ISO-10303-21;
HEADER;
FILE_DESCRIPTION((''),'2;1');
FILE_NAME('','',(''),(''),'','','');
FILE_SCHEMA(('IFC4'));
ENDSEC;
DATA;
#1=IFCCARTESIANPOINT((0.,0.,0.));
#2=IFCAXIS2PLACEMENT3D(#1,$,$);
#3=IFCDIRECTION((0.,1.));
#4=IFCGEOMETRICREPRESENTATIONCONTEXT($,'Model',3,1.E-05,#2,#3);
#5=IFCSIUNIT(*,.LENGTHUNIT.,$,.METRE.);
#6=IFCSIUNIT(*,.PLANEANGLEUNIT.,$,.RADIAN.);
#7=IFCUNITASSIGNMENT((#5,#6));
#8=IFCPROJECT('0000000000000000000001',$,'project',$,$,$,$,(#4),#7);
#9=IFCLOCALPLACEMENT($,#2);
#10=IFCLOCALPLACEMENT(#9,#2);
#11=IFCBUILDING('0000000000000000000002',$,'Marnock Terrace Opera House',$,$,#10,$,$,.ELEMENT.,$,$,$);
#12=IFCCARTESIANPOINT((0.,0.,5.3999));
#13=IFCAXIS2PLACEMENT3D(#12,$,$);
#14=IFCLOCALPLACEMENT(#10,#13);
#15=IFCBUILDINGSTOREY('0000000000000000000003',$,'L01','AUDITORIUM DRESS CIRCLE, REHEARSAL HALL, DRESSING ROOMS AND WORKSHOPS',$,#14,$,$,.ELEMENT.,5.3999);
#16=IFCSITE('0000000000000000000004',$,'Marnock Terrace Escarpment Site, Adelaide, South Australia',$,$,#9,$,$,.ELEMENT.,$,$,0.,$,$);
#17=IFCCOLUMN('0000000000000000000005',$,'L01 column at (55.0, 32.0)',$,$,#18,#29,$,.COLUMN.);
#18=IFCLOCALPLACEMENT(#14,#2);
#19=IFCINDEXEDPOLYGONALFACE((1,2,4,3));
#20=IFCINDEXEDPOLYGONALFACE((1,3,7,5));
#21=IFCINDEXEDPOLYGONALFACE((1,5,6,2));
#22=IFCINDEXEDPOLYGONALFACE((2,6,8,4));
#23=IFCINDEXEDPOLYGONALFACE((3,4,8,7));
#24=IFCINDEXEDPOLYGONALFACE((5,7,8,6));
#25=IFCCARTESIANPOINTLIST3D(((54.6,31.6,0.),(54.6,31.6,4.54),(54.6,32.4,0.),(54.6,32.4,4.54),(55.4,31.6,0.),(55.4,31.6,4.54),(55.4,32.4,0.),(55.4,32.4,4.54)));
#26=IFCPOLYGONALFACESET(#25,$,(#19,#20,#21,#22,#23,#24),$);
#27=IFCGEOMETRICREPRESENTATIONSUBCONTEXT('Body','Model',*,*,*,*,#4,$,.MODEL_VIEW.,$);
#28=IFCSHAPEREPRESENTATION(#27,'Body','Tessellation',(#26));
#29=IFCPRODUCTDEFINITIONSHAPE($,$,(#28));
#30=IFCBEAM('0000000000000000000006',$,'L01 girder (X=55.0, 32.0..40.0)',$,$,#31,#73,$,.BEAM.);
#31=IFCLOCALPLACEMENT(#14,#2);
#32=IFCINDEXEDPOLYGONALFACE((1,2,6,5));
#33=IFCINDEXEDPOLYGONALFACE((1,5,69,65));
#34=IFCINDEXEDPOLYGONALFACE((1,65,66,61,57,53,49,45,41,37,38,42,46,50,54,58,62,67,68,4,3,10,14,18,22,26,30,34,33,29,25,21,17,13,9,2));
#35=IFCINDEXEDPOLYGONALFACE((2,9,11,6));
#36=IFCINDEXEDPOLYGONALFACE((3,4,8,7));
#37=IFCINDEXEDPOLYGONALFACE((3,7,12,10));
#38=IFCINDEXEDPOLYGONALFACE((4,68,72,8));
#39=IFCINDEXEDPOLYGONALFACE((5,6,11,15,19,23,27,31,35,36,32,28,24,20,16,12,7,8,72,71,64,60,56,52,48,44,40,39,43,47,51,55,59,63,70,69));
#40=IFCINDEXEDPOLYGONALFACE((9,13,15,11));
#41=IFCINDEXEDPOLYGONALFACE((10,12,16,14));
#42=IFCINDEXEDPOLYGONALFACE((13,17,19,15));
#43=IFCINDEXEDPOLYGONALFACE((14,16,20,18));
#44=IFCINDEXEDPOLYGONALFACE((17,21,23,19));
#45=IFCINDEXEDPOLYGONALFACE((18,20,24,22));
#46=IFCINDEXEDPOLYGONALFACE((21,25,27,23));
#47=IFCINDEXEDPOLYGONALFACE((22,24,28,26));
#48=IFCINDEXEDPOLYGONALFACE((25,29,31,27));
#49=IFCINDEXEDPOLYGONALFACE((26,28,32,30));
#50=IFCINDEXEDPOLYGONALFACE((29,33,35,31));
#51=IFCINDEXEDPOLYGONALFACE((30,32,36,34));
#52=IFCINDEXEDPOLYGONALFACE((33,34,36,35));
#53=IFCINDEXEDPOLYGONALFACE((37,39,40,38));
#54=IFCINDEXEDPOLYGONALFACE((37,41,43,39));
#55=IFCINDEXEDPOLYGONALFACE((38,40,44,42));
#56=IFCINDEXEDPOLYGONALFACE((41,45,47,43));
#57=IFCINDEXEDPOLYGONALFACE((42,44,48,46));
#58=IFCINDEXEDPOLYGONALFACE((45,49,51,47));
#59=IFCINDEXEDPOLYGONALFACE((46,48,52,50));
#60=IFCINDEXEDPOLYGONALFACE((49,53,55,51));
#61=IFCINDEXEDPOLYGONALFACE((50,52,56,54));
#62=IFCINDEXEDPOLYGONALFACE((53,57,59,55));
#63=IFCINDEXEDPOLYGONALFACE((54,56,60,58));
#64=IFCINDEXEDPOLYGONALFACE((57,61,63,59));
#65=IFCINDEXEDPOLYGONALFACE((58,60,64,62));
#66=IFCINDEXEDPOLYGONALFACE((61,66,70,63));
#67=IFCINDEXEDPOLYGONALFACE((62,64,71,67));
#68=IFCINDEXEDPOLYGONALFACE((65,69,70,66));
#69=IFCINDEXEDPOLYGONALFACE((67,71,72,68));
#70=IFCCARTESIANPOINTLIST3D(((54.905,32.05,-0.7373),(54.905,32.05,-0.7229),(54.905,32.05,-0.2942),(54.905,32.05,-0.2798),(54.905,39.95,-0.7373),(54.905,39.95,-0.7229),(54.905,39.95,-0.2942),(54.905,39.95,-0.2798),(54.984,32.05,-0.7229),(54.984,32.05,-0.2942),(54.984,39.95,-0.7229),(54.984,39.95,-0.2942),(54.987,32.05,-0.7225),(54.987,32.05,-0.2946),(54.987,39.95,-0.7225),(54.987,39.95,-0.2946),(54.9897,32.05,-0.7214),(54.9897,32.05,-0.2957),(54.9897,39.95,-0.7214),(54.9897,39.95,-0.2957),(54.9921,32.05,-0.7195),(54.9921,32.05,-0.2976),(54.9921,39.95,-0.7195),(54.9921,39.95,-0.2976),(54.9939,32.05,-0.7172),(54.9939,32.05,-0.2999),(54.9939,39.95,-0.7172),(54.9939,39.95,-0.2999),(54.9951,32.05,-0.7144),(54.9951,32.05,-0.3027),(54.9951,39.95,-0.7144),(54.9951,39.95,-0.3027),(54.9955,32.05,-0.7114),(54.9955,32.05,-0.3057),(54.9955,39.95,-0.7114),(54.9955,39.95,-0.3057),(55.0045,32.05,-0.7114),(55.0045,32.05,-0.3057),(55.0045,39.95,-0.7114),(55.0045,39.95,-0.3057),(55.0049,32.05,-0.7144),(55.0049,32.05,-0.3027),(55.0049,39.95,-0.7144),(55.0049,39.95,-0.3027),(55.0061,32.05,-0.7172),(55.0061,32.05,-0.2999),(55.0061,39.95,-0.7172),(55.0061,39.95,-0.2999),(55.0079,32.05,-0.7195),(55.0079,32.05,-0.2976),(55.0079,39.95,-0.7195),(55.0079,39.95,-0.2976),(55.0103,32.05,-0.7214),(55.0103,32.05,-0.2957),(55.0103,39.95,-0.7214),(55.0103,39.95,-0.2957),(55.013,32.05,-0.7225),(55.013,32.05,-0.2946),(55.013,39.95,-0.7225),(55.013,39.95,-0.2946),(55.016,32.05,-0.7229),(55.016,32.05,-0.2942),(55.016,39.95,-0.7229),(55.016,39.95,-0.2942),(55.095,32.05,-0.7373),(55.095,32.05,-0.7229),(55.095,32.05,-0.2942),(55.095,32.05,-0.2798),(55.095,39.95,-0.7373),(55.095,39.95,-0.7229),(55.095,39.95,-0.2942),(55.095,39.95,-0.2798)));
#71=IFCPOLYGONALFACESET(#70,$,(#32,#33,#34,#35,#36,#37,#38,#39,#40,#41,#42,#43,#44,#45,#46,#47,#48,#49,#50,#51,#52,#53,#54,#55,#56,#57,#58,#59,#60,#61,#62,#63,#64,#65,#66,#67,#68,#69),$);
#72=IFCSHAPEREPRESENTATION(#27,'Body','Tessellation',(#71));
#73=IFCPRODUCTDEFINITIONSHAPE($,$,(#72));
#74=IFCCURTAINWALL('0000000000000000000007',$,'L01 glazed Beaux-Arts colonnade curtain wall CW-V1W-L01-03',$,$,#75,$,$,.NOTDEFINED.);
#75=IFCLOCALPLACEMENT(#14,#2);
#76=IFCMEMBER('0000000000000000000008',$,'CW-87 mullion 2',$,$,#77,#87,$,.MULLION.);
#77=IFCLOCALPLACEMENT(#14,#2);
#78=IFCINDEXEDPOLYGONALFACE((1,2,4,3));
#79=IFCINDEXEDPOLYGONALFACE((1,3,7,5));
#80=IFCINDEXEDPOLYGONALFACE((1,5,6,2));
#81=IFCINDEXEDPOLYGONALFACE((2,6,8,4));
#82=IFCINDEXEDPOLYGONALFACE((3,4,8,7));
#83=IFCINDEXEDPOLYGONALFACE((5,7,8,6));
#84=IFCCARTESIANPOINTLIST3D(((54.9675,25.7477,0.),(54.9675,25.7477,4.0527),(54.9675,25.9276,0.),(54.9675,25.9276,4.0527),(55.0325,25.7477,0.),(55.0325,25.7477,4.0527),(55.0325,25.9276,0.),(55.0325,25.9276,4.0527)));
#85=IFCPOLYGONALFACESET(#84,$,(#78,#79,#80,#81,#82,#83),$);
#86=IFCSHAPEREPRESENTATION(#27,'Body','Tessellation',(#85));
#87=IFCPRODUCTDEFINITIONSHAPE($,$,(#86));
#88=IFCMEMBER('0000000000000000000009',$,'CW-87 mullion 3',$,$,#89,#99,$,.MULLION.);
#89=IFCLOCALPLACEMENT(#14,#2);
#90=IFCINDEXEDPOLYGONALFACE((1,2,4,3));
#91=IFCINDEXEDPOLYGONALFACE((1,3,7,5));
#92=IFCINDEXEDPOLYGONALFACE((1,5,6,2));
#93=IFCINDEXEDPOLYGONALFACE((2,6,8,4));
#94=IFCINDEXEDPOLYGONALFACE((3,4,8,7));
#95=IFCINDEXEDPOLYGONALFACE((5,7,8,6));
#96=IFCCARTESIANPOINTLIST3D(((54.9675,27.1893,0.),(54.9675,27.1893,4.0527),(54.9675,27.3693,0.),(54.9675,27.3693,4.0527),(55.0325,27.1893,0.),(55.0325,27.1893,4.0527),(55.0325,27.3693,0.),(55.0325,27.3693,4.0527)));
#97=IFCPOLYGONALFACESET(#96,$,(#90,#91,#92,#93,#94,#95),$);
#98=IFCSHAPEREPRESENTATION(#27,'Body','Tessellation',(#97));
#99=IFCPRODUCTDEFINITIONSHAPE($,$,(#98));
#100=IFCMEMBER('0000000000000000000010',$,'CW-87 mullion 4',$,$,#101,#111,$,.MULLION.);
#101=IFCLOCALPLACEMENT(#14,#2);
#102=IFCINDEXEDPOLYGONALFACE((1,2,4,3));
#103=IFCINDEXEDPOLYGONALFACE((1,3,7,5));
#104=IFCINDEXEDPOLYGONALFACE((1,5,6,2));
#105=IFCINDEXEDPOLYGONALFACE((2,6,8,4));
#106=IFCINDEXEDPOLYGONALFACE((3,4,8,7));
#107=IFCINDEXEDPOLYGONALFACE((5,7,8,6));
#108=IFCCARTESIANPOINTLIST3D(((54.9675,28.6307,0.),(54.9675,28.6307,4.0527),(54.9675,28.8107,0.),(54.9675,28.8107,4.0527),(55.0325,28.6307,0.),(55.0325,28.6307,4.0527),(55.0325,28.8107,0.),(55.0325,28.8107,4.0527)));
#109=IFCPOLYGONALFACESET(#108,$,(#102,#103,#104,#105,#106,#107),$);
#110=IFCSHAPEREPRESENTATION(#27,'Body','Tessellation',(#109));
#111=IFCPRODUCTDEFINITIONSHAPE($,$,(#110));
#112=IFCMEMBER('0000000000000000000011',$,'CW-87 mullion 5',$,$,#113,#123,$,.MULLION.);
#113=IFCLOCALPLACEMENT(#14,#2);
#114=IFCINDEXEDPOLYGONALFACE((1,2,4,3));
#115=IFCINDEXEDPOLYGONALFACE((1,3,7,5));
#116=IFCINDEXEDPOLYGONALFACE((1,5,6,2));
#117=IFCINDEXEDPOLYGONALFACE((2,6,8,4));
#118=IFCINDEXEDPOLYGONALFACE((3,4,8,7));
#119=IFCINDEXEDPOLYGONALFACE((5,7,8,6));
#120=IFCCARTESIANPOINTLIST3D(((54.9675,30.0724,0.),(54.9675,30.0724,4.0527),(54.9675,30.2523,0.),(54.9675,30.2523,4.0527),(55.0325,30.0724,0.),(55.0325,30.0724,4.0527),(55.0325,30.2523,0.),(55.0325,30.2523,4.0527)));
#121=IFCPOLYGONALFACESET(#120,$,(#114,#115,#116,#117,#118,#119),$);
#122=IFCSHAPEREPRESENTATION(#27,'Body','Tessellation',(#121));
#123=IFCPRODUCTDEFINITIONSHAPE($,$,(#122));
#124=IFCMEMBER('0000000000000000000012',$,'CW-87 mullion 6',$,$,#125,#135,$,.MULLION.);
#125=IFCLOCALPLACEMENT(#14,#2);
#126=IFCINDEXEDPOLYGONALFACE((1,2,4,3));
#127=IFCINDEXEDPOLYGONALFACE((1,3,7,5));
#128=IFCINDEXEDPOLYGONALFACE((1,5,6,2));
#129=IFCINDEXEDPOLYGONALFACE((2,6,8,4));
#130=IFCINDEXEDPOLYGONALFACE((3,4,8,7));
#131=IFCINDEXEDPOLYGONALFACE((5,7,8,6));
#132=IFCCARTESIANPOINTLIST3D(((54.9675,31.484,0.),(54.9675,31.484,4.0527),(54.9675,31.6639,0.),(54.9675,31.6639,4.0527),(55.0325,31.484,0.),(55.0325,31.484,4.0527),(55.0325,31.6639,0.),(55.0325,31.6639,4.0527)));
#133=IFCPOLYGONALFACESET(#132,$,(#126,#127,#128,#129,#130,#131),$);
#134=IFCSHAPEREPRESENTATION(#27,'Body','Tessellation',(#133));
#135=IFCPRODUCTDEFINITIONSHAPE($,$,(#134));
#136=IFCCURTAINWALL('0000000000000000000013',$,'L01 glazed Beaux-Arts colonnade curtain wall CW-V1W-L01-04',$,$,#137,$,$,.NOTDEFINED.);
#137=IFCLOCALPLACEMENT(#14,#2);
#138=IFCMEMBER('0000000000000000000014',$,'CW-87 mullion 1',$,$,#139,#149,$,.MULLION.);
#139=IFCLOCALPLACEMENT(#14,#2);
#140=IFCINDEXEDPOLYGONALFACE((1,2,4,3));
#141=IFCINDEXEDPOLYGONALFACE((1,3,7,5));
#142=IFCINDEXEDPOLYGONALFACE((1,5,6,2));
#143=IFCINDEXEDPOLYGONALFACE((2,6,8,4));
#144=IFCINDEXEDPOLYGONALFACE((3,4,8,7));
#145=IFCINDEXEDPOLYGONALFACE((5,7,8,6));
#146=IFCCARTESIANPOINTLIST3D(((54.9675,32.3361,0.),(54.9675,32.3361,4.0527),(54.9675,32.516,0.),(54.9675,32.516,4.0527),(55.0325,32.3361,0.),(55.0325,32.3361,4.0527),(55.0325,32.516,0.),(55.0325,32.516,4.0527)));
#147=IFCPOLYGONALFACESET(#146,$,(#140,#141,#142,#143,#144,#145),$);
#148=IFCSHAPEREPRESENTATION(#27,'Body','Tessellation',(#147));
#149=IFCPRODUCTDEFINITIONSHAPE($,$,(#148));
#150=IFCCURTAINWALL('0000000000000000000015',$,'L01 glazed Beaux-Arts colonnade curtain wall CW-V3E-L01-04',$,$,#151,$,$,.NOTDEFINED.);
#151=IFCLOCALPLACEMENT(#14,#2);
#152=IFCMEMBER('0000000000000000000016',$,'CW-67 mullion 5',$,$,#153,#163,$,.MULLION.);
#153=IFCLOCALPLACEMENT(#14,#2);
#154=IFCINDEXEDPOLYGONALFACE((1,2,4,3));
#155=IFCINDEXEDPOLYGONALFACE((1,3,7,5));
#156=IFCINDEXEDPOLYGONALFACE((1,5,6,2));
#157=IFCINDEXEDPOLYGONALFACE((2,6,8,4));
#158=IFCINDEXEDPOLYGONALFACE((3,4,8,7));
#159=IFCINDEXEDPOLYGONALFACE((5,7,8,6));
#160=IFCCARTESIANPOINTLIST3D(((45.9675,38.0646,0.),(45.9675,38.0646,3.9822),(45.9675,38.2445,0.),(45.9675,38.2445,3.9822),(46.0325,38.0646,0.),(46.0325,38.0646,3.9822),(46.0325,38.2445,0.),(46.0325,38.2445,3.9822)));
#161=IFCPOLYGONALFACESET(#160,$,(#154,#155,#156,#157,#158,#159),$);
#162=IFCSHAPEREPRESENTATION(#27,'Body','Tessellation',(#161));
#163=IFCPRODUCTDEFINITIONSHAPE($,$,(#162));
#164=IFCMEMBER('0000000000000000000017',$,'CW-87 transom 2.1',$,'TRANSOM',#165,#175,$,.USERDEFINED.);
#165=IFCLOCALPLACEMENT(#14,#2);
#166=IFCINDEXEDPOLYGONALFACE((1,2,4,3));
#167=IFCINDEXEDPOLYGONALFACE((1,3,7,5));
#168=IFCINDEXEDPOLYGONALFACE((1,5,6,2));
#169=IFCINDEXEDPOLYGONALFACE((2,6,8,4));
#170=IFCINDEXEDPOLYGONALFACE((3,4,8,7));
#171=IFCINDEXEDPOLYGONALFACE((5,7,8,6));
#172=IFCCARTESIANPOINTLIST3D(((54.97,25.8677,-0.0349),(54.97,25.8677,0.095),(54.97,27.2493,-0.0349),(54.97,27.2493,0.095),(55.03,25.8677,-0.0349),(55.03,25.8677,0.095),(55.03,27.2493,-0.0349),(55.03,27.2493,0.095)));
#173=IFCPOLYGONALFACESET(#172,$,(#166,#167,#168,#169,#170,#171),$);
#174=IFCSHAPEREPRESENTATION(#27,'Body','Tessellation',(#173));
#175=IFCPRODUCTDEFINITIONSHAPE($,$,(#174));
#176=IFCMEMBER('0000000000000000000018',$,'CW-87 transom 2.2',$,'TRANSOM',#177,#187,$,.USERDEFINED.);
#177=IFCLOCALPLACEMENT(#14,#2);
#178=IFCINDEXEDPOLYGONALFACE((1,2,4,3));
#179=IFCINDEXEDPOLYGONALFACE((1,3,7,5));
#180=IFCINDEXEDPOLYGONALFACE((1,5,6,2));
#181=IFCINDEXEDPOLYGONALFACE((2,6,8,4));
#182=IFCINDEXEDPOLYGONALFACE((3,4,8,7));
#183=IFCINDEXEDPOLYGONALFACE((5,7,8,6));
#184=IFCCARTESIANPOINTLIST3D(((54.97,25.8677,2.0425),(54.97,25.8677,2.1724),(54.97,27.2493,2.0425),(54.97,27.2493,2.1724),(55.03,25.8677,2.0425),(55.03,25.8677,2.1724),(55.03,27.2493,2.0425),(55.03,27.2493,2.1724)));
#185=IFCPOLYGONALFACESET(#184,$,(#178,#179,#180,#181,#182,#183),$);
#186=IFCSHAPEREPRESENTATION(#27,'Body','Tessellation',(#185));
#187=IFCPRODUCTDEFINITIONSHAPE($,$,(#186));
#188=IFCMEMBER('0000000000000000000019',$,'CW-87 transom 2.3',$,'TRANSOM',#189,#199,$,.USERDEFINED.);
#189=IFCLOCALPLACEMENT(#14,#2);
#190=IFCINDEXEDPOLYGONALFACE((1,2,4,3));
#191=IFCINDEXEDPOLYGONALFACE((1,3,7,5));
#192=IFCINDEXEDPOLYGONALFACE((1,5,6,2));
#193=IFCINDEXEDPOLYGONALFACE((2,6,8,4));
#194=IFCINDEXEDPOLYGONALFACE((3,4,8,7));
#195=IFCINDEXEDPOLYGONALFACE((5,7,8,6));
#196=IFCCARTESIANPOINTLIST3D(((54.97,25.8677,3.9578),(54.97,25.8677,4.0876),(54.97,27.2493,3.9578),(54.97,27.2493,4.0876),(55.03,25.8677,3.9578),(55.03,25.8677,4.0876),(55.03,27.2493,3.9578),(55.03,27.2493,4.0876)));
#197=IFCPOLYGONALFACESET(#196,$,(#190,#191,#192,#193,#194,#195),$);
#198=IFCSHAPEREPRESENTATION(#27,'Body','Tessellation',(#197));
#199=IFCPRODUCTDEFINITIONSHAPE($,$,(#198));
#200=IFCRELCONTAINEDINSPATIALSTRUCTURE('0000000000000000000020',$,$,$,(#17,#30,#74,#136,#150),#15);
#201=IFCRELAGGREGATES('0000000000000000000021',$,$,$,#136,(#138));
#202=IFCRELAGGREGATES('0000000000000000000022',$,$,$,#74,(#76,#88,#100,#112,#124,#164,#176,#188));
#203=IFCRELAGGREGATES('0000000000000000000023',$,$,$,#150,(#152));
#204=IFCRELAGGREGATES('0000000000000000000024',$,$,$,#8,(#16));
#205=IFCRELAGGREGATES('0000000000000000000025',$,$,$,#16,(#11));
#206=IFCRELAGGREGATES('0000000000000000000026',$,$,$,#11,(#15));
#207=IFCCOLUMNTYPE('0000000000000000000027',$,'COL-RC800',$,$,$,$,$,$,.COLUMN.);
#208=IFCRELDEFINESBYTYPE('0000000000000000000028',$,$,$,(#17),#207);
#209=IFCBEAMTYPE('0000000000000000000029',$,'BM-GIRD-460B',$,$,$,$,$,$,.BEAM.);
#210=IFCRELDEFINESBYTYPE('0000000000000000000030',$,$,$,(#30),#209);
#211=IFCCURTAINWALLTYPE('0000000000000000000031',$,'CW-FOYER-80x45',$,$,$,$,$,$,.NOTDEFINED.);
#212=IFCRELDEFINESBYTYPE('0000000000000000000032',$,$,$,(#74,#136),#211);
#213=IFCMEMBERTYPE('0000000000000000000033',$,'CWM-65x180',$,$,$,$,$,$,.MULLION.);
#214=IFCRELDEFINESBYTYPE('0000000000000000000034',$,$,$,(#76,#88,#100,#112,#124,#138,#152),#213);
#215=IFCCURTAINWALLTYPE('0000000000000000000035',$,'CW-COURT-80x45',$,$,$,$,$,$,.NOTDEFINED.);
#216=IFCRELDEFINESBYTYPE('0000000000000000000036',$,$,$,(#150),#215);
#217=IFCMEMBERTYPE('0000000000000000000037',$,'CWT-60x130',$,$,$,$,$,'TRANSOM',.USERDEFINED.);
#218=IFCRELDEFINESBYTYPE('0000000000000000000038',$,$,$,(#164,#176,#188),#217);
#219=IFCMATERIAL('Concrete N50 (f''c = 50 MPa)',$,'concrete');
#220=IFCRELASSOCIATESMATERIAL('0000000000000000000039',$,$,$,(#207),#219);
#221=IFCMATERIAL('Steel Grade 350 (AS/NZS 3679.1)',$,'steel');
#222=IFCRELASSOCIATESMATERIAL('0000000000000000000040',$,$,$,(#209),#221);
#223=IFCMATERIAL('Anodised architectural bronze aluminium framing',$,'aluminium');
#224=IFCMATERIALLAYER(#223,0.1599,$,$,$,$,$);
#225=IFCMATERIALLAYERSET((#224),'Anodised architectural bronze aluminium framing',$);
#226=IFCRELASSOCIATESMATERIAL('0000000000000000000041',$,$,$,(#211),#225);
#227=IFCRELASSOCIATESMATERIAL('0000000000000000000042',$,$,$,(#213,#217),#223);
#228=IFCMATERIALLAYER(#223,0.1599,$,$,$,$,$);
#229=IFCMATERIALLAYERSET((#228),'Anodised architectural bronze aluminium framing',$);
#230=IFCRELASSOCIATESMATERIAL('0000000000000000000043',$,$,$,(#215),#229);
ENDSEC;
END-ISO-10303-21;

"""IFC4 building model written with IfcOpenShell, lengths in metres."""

from ifc_helpers import new_model, si_unit, direction, frame, origin, origin_2d, place, context, subcontext, project, spatial, rectangle, i_section, extrude, material, layer, layer_set, material_profile, profile_set, type_object, element, aggregate, save


model = new_model("IFC4")

# Units and contexts
model_context = context("Model", 3, precision=1e-05, world=origin(), true_north=direction((0.0, 1.0)))
body_context = subcontext(model_context, "Body", "Model", "MODEL_VIEW")
ifc_project = project(units=[si_unit("LENGTHUNIT", "METRE"), si_unit("PLANEANGLEUNIT", "RADIAN")], contexts=[model_context])

# Site, building, storey
site_placement = place(None, origin())
site = spatial("IfcSite", under=ifc_project, at=site_placement, Name="Marnock Terrace Escarpment Site, Adelaide, South Australia", CompositionType="ELEMENT", RefElevation=0.0)
building_placement = place(site_placement, origin())
building = spatial("IfcBuilding", under=site, at=building_placement, Name="Marnock Terrace Opera House", CompositionType="ELEMENT")
storey_placement = place(building_placement, frame((0.0, 0.0, 5.3999)))
storey = spatial("IfcBuildingStorey", under=building, at=storey_placement, Name="L01", Description="AUDITORIUM DRESS CIRCLE, REHEARSAL HALL, DRESSING ROOMS AND WORKSHOPS", CompositionType="ELEMENT", Elevation=5.3999)

# Column
ifc_material_1 = material(Name="Concrete N50 (f'c = 50 MPa)", Category="concrete")
ifc_material_profile_1 = material_profile(ifc_material_1, rectangle(XDim=0.8, YDim=0.8, at=origin_2d()))
ifc_profile_set_1 = profile_set([ifc_material_profile_1], Name="Concrete N50 (f'c = 50 MPa)")
column_type = type_object("IfcColumnType", Name="COL-RC800", PredefinedType="COLUMN", material=ifc_profile_set_1)
column_placement = place(storey_placement, frame((55.0, 32.0, 0.0), z_axis=(0.0, 0.0, 1.0), x_axis=(1.0, 0.0, 0.0)))
element("IfcColumn", 1, at=column_placement, inside=storey, type_object=column_type, Name="L01 column at (55.0, 32.0)", PredefinedType="COLUMN", context=body_context, shape_type="SweptSolid", body=[
    extrude(rectangle(XDim=0.8, YDim=0.8, at=origin_2d()), origin(), (0.0, 0.0, 1.0), 4.54),
])

# Beam
ifc_material_2 = material(Name="Steel Grade 350 (AS/NZS 3679.1)", Category="steel")
ifc_material_profile_2 = material_profile(ifc_material_2, i_section(OverallWidth=0.1899, OverallDepth=0.4575, WebThickness=0.009, FlangeThickness=0.0144, FilletRadius=0.0115, at=origin_2d()))
ifc_profile_set_2 = profile_set([ifc_material_profile_2], Name="Steel Grade 350 (AS/NZS 3679.1)")
beam_type = type_object("IfcBeamType", Name="BM-GIRD-460B", PredefinedType="BEAM", material=ifc_profile_set_2)
beam_placement = place(storey_placement, frame((55.0, 32.05, -0.5085), z_axis=(0.0, 1.0, 0.0), x_axis=(-1.0, 0.0, 0.0)))
element("IfcBeam", 2, at=beam_placement, inside=storey, type_object=beam_type, Name="L01 girder (X=55.0, 32.0..40.0)", PredefinedType="BEAM", context=body_context, shape_type="SweptSolid", body=[
    extrude(i_section(OverallWidth=0.1899, OverallDepth=0.4575, WebThickness=0.009, FlangeThickness=0.0144, FilletRadius=0.0115, at=origin_2d()), origin(), (0.0, 0.0, 1.0), 7.8999),
])

# Curtain wall, members
ifc_material_3 = material(Name="Anodised architectural bronze aluminium framing", Category="aluminium")
ifc_layer_1 = layer(ifc_material_3, 0.1599)
ifc_layer_set_1 = layer_set([ifc_layer_1], Name="Anodised architectural bronze aluminium framing")
curtain_wall_type_1 = type_object("IfcCurtainWallType", Name="CW-FOYER-80x45", PredefinedType="NOTDEFINED", material=ifc_layer_set_1)
curtain_wall_1_placement = place(storey_placement, origin())
curtain_wall_1 = element("IfcCurtainWall", 3, at=curtain_wall_1_placement, inside=storey, type_object=curtain_wall_type_1, Name="L01 glazed Beaux-Arts colonnade curtain wall CW-V1W-L01-03", PredefinedType="NOTDEFINED")
ifc_material_profile_3 = material_profile(ifc_material_3, rectangle(XDim=0.0649, YDim=0.1799, at=origin_2d()))
ifc_profile_set_3 = profile_set([ifc_material_profile_3], Name="Anodised architectural bronze aluminium framing")
member_type_1 = type_object("IfcMemberType", Name="CWM-65x180", PredefinedType="MULLION", material=ifc_profile_set_3)
member_1_placement = place(storey_placement, frame((55.0, 25.8376, 0.0), z_axis=(0.0, 0.0, 1.0), x_axis=(-1.0, 0.0, 0.0)))
member_1 = element("IfcMember", 4, at=member_1_placement, type_object=member_type_1, Name="CW-87 mullion 2", PredefinedType="MULLION", context=body_context, shape_type="SweptSolid", body=[
    extrude(rectangle(XDim=0.0649, YDim=0.1799, at=origin_2d()), origin(), (0.0, 0.0, 1.0), 4.0527),
])
member_2_placement = place(storey_placement, frame((55.0, 27.2793, 0.0), z_axis=(0.0, 0.0, 1.0), x_axis=(-1.0, 0.0, 0.0)))
member_2 = element("IfcMember", 5, at=member_2_placement, type_object=member_type_1, Name="CW-87 mullion 3", PredefinedType="MULLION", context=body_context, shape_type="SweptSolid", body=[
    extrude(rectangle(XDim=0.0649, YDim=0.1799, at=origin_2d()), origin(), (0.0, 0.0, 1.0), 4.0527),
])
member_3_placement = place(storey_placement, frame((55.0, 28.7207, 0.0), z_axis=(0.0, 0.0, 1.0), x_axis=(-1.0, 0.0, 0.0)))
member_3 = element("IfcMember", 6, at=member_3_placement, type_object=member_type_1, Name="CW-87 mullion 4", PredefinedType="MULLION", context=body_context, shape_type="SweptSolid", body=[
    extrude(rectangle(XDim=0.0649, YDim=0.1799, at=origin_2d()), origin(), (0.0, 0.0, 1.0), 4.0527),
])
member_4_placement = place(storey_placement, frame((55.0, 30.1624, 0.0), z_axis=(0.0, 0.0, 1.0), x_axis=(-1.0, 0.0, 0.0)))
member_4 = element("IfcMember", 7, at=member_4_placement, type_object=member_type_1, Name="CW-87 mullion 5", PredefinedType="MULLION", context=body_context, shape_type="SweptSolid", body=[
    extrude(rectangle(XDim=0.0649, YDim=0.1799, at=origin_2d()), origin(), (0.0, 0.0, 1.0), 4.0527),
])
member_5_placement = place(storey_placement, frame((55.0, 31.574, 0.0), z_axis=(0.0, 0.0, 1.0), x_axis=(-1.0, 0.0, 0.0)))
member_5 = element("IfcMember", 8, at=member_5_placement, type_object=member_type_1, Name="CW-87 mullion 6", PredefinedType="MULLION", context=body_context, shape_type="SweptSolid", body=[
    extrude(rectangle(XDim=0.0649, YDim=0.1799, at=origin_2d()), origin(), (0.0, 0.0, 1.0), 4.0527),
])

# Curtain walls, members
curtain_wall_2_placement = place(storey_placement, origin())
curtain_wall_2 = element("IfcCurtainWall", 9, at=curtain_wall_2_placement, inside=storey, type_object=curtain_wall_type_1, Name="L01 glazed Beaux-Arts colonnade curtain wall CW-V1W-L01-04", PredefinedType="NOTDEFINED")
member_6_placement = place(storey_placement, frame((55.0, 32.426, 0.0), z_axis=(0.0, 0.0, 1.0), x_axis=(-1.0, 0.0, 0.0)))
member_6 = element("IfcMember", 10, at=member_6_placement, type_object=member_type_1, Name="CW-87 mullion 1", PredefinedType="MULLION", context=body_context, shape_type="SweptSolid", body=[
    extrude(rectangle(XDim=0.0649, YDim=0.1799, at=origin_2d()), origin(), (0.0, 0.0, 1.0), 4.0527),
])
ifc_layer_2 = layer(ifc_material_3, 0.1599)
ifc_layer_set_2 = layer_set([ifc_layer_2], Name="Anodised architectural bronze aluminium framing")
curtain_wall_type_2 = type_object("IfcCurtainWallType", Name="CW-COURT-80x45", PredefinedType="NOTDEFINED", material=ifc_layer_set_2)
curtain_wall_3_placement = place(storey_placement, origin())
curtain_wall_3 = element("IfcCurtainWall", 11, at=curtain_wall_3_placement, inside=storey, type_object=curtain_wall_type_2, Name="L01 glazed Beaux-Arts colonnade curtain wall CW-V3E-L01-04", PredefinedType="NOTDEFINED")
member_7_placement = place(storey_placement, frame((46.0, 38.1545, 0.0), z_axis=(0.0, 0.0, 1.0), x_axis=(-1.0, 0.0, 0.0)))
member_7 = element("IfcMember", 12, at=member_7_placement, type_object=member_type_1, Name="CW-67 mullion 5", PredefinedType="MULLION", context=body_context, shape_type="SweptSolid", body=[
    extrude(rectangle(XDim=0.0649, YDim=0.1799, at=origin_2d()), origin(), (0.0, 0.0, 1.0), 3.9822),
])

# Members
ifc_material_profile_4 = material_profile(ifc_material_3, rectangle(XDim=0.0601, YDim=0.1299, at=origin_2d()))
ifc_profile_set_4 = profile_set([ifc_material_profile_4], Name="Anodised architectural bronze aluminium framing")
member_type_2 = type_object("IfcMemberType", Name="CWT-60x130", ElementType="TRANSOM", PredefinedType="USERDEFINED", material=ifc_profile_set_4)
member_8_placement = place(storey_placement, frame((55.0, 25.8677, 0.03), z_axis=(0.0, 1.0, 0.0), x_axis=(-1.0, 0.0, 0.0)))
member_8 = element("IfcMember", 13, at=member_8_placement, type_object=member_type_2, Name="CW-87 transom 2.1", ObjectType="TRANSOM", PredefinedType="USERDEFINED", context=body_context, shape_type="SweptSolid", body=[
    extrude(rectangle(XDim=0.0601, YDim=0.1299, at=origin_2d()), origin(), (0.0, 0.0, 1.0), 1.3816),
])
member_9_placement = place(storey_placement, frame((55.0, 25.8677, 2.1074), z_axis=(0.0, 1.0, 0.0), x_axis=(-1.0, 0.0, 0.0)))
member_9 = element("IfcMember", 14, at=member_9_placement, type_object=member_type_2, Name="CW-87 transom 2.2", ObjectType="TRANSOM", PredefinedType="USERDEFINED", context=body_context, shape_type="SweptSolid", body=[
    extrude(rectangle(XDim=0.0601, YDim=0.1299, at=origin_2d()), origin(), (0.0, 0.0, 1.0), 1.3816),
])
member_10_placement = place(storey_placement, frame((55.0, 25.8677, 4.0227), z_axis=(0.0, 1.0, 0.0), x_axis=(-1.0, 0.0, 0.0)))
member_10 = element("IfcMember", 15, at=member_10_placement, type_object=member_type_2, Name="CW-87 transom 2.3", ObjectType="TRANSOM", PredefinedType="USERDEFINED", context=body_context, shape_type="SweptSolid", body=[
    extrude(rectangle(XDim=0.0601, YDim=0.1299, at=origin_2d()), origin(), (0.0, 0.0, 1.0), 1.3816),
])
aggregate(curtain_wall_2, [member_6])

aggregate(curtain_wall_1, [member_1, member_2, member_3, member_4, member_5, member_8, member_9, member_10])
aggregate(curtain_wall_3, [member_7])

save(model, "model.ifc")
